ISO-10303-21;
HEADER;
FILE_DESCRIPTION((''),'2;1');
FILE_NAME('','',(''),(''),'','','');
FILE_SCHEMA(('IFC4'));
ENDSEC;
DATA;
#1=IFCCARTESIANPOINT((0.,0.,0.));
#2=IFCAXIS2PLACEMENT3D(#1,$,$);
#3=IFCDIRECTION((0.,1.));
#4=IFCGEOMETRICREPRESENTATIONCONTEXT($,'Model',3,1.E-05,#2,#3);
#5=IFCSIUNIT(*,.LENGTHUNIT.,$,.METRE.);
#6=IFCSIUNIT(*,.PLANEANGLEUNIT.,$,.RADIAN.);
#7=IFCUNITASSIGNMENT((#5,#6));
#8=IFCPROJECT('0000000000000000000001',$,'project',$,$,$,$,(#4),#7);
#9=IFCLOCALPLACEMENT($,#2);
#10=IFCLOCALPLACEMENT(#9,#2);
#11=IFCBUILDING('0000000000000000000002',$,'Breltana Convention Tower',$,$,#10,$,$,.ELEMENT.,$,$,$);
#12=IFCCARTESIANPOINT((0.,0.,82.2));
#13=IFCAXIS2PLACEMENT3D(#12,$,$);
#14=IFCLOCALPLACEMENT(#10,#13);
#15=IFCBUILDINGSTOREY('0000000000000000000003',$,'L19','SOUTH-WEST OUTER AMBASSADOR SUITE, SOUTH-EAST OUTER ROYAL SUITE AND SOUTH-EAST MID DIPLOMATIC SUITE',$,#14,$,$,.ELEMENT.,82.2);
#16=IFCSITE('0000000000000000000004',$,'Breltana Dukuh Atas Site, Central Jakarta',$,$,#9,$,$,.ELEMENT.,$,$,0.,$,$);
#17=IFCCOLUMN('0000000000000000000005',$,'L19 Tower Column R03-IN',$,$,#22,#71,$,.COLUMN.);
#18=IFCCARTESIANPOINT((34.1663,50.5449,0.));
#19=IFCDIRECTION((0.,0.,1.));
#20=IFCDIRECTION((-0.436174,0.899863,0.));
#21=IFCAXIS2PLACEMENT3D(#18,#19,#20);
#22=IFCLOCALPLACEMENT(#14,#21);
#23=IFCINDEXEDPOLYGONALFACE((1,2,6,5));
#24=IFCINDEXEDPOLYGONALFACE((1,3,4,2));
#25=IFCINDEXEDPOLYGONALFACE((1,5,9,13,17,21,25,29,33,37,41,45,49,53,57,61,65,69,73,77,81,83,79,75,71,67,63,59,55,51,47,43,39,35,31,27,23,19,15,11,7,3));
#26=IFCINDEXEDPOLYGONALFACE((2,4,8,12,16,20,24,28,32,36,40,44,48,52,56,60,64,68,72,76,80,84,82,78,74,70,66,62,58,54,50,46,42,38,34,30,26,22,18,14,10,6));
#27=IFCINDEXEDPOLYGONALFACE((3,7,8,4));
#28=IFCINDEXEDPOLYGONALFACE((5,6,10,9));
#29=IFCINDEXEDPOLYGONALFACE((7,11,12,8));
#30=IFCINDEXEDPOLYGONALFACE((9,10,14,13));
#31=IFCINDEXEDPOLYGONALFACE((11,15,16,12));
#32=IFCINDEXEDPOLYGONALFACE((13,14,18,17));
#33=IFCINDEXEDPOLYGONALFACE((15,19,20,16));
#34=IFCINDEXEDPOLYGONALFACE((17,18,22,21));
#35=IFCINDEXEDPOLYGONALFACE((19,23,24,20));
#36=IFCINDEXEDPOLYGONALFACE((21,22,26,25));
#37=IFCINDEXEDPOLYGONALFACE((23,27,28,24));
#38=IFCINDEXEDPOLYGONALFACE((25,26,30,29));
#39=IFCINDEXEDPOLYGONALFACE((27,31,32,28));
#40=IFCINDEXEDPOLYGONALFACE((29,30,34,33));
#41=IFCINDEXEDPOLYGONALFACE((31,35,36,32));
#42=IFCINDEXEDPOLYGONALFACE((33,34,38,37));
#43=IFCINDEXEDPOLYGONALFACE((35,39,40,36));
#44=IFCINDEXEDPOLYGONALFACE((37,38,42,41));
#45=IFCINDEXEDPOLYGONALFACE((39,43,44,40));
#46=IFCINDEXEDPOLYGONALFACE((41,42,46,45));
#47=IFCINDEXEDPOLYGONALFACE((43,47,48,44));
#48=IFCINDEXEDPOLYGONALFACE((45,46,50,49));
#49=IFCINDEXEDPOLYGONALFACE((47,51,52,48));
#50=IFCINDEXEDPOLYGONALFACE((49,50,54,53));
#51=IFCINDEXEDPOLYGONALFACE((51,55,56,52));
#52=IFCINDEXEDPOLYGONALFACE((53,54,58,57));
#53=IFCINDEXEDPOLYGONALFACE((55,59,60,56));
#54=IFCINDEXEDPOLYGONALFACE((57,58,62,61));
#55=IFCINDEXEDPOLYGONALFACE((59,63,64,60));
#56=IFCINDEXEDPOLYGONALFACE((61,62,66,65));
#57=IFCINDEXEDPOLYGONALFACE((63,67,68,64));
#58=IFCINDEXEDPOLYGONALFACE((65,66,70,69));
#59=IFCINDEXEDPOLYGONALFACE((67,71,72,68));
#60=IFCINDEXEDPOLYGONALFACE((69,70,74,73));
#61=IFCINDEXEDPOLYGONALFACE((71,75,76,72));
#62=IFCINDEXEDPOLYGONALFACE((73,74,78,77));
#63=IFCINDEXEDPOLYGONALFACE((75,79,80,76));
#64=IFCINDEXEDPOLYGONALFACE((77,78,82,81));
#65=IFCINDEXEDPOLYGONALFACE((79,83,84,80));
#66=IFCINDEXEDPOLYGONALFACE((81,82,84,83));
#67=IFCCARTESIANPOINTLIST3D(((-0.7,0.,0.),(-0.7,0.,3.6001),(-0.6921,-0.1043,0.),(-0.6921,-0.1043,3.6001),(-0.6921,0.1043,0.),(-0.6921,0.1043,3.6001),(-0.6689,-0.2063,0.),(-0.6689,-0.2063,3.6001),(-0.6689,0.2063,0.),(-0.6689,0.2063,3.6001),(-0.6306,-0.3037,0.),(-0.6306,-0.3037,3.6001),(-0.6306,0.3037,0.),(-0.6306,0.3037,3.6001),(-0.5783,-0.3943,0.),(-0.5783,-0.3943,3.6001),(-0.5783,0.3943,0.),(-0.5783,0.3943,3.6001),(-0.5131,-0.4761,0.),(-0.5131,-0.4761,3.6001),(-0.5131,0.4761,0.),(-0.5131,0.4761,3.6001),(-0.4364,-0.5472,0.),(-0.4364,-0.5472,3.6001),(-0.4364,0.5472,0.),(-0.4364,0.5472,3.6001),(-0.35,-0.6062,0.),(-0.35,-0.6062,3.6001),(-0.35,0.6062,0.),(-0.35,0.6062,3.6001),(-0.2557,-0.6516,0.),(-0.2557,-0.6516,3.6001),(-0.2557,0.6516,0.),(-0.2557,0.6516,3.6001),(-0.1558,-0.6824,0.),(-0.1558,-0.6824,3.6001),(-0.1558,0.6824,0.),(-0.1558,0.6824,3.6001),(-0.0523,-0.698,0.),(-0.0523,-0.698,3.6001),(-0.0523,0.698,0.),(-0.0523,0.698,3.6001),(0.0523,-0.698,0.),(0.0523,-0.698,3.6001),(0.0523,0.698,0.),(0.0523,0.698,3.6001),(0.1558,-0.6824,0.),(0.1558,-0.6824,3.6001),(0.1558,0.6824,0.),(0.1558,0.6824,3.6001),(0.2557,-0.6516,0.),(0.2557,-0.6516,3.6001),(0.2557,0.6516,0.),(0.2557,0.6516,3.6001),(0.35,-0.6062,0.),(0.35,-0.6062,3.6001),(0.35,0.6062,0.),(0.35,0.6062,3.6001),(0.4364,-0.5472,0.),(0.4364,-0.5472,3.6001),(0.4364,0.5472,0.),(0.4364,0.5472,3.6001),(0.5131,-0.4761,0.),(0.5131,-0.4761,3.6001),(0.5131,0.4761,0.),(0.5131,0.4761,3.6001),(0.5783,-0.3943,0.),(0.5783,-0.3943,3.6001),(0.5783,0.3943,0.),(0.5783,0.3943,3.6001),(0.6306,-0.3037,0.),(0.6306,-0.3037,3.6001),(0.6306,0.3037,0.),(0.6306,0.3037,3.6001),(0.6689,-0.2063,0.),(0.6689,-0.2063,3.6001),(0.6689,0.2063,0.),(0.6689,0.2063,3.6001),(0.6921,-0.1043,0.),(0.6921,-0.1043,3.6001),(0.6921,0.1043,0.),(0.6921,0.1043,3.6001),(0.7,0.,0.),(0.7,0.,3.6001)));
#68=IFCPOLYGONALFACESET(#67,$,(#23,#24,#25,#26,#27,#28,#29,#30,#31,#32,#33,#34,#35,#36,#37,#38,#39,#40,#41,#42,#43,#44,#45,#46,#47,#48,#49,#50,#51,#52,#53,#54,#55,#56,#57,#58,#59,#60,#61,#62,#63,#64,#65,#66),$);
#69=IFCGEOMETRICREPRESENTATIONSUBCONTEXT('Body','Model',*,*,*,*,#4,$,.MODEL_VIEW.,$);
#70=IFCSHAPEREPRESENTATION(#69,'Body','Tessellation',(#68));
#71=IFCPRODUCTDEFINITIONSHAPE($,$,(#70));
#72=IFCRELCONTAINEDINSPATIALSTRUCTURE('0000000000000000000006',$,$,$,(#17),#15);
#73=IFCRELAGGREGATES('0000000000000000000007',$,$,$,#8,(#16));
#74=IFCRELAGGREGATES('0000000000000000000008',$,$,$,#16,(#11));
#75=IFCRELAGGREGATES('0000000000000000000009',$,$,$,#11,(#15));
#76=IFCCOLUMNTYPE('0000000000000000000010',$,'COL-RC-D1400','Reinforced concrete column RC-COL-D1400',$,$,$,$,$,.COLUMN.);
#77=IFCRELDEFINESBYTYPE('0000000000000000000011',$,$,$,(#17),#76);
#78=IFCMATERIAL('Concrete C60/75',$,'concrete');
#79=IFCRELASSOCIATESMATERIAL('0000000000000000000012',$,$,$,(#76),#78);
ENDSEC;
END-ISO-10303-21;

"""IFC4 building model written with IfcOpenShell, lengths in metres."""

from ifc_helpers import new_model, si_unit, direction, frame, origin, origin_2d, place, context, subcontext, project, spatial, circle, extrude, source, transform, mapped, material, material_profile, profile_set, type_object, element, save


model = new_model("IFC4")

# Units and contexts
model_context = context("Model", 3, precision=1e-05, world=origin(), true_north=direction((0.0, 1.0)))
body_context = subcontext(model_context, "Body", "Model", "MODEL_VIEW")
ifc_project = project(units=[si_unit("LENGTHUNIT", "METRE"), si_unit("PLANEANGLEUNIT", "RADIAN")], contexts=[model_context])

# Site, building, storey
site_placement = place(None, origin())
site = spatial("IfcSite", under=ifc_project, at=site_placement, Name="Breltana Dukuh Atas Site, Central Jakarta", CompositionType="ELEMENT", RefElevation=0.0)
building_placement = place(site_placement, origin())
building = spatial("IfcBuilding", under=site, at=building_placement, Name="Breltana Convention Tower", CompositionType="ELEMENT")
storey_placement = place(building_placement, frame((0.0, 0.0, 82.2)))
storey = spatial("IfcBuildingStorey", under=building, at=storey_placement, Name="L19", Description="SOUTH-WEST OUTER AMBASSADOR SUITE, SOUTH-EAST OUTER ROYAL SUITE AND SOUTH-EAST MID DIPLOMATIC SUITE", CompositionType="ELEMENT", Elevation=82.2)

# Column
ifc_material_1 = material(Name="Concrete C60/75", Category="concrete")
ifc_material_profile_1 = material_profile(ifc_material_1, circle(Radius=0.7, at=origin_2d()), Name="RC-COL-D1400")
ifc_profile_set_1 = profile_set([ifc_material_profile_1], Name="Concrete C60/75")
column_type_1 = type_object("IfcColumnType", Name="COL-RC-D1400", Description="Reinforced concrete column RC-COL-D1400", PredefinedType="COLUMN", material=ifc_profile_set_1)
shared_shape_1 = source(origin(), body_context, "Body", "SweptSolid", [
    extrude(circle(Radius=0.7, at=origin_2d()), origin(), (0.0, 0.0, 1.0), 3.6001),
])
for number, where, z_axis, x_axis, name in (
    (1, (34.1663, 50.5449, 0.0), (0.0, 0.0, 1.0), (-0.436174, 0.899863, 0.0), "L19 Tower Column R03-IN"),
):
    element("IfcColumn", number, at=place(storey_placement, frame(where, z_axis=z_axis, x_axis=x_axis)), inside=storey, type_object=column_type_1, Name=name, PredefinedType="COLUMN", context=body_context, shape_type="MappedRepresentation", body=[
        mapped(shared_shape_1, transform((0.0, 0.0, 0.0), scale=1.0)),
    ])

save(model, "model.ifc")
